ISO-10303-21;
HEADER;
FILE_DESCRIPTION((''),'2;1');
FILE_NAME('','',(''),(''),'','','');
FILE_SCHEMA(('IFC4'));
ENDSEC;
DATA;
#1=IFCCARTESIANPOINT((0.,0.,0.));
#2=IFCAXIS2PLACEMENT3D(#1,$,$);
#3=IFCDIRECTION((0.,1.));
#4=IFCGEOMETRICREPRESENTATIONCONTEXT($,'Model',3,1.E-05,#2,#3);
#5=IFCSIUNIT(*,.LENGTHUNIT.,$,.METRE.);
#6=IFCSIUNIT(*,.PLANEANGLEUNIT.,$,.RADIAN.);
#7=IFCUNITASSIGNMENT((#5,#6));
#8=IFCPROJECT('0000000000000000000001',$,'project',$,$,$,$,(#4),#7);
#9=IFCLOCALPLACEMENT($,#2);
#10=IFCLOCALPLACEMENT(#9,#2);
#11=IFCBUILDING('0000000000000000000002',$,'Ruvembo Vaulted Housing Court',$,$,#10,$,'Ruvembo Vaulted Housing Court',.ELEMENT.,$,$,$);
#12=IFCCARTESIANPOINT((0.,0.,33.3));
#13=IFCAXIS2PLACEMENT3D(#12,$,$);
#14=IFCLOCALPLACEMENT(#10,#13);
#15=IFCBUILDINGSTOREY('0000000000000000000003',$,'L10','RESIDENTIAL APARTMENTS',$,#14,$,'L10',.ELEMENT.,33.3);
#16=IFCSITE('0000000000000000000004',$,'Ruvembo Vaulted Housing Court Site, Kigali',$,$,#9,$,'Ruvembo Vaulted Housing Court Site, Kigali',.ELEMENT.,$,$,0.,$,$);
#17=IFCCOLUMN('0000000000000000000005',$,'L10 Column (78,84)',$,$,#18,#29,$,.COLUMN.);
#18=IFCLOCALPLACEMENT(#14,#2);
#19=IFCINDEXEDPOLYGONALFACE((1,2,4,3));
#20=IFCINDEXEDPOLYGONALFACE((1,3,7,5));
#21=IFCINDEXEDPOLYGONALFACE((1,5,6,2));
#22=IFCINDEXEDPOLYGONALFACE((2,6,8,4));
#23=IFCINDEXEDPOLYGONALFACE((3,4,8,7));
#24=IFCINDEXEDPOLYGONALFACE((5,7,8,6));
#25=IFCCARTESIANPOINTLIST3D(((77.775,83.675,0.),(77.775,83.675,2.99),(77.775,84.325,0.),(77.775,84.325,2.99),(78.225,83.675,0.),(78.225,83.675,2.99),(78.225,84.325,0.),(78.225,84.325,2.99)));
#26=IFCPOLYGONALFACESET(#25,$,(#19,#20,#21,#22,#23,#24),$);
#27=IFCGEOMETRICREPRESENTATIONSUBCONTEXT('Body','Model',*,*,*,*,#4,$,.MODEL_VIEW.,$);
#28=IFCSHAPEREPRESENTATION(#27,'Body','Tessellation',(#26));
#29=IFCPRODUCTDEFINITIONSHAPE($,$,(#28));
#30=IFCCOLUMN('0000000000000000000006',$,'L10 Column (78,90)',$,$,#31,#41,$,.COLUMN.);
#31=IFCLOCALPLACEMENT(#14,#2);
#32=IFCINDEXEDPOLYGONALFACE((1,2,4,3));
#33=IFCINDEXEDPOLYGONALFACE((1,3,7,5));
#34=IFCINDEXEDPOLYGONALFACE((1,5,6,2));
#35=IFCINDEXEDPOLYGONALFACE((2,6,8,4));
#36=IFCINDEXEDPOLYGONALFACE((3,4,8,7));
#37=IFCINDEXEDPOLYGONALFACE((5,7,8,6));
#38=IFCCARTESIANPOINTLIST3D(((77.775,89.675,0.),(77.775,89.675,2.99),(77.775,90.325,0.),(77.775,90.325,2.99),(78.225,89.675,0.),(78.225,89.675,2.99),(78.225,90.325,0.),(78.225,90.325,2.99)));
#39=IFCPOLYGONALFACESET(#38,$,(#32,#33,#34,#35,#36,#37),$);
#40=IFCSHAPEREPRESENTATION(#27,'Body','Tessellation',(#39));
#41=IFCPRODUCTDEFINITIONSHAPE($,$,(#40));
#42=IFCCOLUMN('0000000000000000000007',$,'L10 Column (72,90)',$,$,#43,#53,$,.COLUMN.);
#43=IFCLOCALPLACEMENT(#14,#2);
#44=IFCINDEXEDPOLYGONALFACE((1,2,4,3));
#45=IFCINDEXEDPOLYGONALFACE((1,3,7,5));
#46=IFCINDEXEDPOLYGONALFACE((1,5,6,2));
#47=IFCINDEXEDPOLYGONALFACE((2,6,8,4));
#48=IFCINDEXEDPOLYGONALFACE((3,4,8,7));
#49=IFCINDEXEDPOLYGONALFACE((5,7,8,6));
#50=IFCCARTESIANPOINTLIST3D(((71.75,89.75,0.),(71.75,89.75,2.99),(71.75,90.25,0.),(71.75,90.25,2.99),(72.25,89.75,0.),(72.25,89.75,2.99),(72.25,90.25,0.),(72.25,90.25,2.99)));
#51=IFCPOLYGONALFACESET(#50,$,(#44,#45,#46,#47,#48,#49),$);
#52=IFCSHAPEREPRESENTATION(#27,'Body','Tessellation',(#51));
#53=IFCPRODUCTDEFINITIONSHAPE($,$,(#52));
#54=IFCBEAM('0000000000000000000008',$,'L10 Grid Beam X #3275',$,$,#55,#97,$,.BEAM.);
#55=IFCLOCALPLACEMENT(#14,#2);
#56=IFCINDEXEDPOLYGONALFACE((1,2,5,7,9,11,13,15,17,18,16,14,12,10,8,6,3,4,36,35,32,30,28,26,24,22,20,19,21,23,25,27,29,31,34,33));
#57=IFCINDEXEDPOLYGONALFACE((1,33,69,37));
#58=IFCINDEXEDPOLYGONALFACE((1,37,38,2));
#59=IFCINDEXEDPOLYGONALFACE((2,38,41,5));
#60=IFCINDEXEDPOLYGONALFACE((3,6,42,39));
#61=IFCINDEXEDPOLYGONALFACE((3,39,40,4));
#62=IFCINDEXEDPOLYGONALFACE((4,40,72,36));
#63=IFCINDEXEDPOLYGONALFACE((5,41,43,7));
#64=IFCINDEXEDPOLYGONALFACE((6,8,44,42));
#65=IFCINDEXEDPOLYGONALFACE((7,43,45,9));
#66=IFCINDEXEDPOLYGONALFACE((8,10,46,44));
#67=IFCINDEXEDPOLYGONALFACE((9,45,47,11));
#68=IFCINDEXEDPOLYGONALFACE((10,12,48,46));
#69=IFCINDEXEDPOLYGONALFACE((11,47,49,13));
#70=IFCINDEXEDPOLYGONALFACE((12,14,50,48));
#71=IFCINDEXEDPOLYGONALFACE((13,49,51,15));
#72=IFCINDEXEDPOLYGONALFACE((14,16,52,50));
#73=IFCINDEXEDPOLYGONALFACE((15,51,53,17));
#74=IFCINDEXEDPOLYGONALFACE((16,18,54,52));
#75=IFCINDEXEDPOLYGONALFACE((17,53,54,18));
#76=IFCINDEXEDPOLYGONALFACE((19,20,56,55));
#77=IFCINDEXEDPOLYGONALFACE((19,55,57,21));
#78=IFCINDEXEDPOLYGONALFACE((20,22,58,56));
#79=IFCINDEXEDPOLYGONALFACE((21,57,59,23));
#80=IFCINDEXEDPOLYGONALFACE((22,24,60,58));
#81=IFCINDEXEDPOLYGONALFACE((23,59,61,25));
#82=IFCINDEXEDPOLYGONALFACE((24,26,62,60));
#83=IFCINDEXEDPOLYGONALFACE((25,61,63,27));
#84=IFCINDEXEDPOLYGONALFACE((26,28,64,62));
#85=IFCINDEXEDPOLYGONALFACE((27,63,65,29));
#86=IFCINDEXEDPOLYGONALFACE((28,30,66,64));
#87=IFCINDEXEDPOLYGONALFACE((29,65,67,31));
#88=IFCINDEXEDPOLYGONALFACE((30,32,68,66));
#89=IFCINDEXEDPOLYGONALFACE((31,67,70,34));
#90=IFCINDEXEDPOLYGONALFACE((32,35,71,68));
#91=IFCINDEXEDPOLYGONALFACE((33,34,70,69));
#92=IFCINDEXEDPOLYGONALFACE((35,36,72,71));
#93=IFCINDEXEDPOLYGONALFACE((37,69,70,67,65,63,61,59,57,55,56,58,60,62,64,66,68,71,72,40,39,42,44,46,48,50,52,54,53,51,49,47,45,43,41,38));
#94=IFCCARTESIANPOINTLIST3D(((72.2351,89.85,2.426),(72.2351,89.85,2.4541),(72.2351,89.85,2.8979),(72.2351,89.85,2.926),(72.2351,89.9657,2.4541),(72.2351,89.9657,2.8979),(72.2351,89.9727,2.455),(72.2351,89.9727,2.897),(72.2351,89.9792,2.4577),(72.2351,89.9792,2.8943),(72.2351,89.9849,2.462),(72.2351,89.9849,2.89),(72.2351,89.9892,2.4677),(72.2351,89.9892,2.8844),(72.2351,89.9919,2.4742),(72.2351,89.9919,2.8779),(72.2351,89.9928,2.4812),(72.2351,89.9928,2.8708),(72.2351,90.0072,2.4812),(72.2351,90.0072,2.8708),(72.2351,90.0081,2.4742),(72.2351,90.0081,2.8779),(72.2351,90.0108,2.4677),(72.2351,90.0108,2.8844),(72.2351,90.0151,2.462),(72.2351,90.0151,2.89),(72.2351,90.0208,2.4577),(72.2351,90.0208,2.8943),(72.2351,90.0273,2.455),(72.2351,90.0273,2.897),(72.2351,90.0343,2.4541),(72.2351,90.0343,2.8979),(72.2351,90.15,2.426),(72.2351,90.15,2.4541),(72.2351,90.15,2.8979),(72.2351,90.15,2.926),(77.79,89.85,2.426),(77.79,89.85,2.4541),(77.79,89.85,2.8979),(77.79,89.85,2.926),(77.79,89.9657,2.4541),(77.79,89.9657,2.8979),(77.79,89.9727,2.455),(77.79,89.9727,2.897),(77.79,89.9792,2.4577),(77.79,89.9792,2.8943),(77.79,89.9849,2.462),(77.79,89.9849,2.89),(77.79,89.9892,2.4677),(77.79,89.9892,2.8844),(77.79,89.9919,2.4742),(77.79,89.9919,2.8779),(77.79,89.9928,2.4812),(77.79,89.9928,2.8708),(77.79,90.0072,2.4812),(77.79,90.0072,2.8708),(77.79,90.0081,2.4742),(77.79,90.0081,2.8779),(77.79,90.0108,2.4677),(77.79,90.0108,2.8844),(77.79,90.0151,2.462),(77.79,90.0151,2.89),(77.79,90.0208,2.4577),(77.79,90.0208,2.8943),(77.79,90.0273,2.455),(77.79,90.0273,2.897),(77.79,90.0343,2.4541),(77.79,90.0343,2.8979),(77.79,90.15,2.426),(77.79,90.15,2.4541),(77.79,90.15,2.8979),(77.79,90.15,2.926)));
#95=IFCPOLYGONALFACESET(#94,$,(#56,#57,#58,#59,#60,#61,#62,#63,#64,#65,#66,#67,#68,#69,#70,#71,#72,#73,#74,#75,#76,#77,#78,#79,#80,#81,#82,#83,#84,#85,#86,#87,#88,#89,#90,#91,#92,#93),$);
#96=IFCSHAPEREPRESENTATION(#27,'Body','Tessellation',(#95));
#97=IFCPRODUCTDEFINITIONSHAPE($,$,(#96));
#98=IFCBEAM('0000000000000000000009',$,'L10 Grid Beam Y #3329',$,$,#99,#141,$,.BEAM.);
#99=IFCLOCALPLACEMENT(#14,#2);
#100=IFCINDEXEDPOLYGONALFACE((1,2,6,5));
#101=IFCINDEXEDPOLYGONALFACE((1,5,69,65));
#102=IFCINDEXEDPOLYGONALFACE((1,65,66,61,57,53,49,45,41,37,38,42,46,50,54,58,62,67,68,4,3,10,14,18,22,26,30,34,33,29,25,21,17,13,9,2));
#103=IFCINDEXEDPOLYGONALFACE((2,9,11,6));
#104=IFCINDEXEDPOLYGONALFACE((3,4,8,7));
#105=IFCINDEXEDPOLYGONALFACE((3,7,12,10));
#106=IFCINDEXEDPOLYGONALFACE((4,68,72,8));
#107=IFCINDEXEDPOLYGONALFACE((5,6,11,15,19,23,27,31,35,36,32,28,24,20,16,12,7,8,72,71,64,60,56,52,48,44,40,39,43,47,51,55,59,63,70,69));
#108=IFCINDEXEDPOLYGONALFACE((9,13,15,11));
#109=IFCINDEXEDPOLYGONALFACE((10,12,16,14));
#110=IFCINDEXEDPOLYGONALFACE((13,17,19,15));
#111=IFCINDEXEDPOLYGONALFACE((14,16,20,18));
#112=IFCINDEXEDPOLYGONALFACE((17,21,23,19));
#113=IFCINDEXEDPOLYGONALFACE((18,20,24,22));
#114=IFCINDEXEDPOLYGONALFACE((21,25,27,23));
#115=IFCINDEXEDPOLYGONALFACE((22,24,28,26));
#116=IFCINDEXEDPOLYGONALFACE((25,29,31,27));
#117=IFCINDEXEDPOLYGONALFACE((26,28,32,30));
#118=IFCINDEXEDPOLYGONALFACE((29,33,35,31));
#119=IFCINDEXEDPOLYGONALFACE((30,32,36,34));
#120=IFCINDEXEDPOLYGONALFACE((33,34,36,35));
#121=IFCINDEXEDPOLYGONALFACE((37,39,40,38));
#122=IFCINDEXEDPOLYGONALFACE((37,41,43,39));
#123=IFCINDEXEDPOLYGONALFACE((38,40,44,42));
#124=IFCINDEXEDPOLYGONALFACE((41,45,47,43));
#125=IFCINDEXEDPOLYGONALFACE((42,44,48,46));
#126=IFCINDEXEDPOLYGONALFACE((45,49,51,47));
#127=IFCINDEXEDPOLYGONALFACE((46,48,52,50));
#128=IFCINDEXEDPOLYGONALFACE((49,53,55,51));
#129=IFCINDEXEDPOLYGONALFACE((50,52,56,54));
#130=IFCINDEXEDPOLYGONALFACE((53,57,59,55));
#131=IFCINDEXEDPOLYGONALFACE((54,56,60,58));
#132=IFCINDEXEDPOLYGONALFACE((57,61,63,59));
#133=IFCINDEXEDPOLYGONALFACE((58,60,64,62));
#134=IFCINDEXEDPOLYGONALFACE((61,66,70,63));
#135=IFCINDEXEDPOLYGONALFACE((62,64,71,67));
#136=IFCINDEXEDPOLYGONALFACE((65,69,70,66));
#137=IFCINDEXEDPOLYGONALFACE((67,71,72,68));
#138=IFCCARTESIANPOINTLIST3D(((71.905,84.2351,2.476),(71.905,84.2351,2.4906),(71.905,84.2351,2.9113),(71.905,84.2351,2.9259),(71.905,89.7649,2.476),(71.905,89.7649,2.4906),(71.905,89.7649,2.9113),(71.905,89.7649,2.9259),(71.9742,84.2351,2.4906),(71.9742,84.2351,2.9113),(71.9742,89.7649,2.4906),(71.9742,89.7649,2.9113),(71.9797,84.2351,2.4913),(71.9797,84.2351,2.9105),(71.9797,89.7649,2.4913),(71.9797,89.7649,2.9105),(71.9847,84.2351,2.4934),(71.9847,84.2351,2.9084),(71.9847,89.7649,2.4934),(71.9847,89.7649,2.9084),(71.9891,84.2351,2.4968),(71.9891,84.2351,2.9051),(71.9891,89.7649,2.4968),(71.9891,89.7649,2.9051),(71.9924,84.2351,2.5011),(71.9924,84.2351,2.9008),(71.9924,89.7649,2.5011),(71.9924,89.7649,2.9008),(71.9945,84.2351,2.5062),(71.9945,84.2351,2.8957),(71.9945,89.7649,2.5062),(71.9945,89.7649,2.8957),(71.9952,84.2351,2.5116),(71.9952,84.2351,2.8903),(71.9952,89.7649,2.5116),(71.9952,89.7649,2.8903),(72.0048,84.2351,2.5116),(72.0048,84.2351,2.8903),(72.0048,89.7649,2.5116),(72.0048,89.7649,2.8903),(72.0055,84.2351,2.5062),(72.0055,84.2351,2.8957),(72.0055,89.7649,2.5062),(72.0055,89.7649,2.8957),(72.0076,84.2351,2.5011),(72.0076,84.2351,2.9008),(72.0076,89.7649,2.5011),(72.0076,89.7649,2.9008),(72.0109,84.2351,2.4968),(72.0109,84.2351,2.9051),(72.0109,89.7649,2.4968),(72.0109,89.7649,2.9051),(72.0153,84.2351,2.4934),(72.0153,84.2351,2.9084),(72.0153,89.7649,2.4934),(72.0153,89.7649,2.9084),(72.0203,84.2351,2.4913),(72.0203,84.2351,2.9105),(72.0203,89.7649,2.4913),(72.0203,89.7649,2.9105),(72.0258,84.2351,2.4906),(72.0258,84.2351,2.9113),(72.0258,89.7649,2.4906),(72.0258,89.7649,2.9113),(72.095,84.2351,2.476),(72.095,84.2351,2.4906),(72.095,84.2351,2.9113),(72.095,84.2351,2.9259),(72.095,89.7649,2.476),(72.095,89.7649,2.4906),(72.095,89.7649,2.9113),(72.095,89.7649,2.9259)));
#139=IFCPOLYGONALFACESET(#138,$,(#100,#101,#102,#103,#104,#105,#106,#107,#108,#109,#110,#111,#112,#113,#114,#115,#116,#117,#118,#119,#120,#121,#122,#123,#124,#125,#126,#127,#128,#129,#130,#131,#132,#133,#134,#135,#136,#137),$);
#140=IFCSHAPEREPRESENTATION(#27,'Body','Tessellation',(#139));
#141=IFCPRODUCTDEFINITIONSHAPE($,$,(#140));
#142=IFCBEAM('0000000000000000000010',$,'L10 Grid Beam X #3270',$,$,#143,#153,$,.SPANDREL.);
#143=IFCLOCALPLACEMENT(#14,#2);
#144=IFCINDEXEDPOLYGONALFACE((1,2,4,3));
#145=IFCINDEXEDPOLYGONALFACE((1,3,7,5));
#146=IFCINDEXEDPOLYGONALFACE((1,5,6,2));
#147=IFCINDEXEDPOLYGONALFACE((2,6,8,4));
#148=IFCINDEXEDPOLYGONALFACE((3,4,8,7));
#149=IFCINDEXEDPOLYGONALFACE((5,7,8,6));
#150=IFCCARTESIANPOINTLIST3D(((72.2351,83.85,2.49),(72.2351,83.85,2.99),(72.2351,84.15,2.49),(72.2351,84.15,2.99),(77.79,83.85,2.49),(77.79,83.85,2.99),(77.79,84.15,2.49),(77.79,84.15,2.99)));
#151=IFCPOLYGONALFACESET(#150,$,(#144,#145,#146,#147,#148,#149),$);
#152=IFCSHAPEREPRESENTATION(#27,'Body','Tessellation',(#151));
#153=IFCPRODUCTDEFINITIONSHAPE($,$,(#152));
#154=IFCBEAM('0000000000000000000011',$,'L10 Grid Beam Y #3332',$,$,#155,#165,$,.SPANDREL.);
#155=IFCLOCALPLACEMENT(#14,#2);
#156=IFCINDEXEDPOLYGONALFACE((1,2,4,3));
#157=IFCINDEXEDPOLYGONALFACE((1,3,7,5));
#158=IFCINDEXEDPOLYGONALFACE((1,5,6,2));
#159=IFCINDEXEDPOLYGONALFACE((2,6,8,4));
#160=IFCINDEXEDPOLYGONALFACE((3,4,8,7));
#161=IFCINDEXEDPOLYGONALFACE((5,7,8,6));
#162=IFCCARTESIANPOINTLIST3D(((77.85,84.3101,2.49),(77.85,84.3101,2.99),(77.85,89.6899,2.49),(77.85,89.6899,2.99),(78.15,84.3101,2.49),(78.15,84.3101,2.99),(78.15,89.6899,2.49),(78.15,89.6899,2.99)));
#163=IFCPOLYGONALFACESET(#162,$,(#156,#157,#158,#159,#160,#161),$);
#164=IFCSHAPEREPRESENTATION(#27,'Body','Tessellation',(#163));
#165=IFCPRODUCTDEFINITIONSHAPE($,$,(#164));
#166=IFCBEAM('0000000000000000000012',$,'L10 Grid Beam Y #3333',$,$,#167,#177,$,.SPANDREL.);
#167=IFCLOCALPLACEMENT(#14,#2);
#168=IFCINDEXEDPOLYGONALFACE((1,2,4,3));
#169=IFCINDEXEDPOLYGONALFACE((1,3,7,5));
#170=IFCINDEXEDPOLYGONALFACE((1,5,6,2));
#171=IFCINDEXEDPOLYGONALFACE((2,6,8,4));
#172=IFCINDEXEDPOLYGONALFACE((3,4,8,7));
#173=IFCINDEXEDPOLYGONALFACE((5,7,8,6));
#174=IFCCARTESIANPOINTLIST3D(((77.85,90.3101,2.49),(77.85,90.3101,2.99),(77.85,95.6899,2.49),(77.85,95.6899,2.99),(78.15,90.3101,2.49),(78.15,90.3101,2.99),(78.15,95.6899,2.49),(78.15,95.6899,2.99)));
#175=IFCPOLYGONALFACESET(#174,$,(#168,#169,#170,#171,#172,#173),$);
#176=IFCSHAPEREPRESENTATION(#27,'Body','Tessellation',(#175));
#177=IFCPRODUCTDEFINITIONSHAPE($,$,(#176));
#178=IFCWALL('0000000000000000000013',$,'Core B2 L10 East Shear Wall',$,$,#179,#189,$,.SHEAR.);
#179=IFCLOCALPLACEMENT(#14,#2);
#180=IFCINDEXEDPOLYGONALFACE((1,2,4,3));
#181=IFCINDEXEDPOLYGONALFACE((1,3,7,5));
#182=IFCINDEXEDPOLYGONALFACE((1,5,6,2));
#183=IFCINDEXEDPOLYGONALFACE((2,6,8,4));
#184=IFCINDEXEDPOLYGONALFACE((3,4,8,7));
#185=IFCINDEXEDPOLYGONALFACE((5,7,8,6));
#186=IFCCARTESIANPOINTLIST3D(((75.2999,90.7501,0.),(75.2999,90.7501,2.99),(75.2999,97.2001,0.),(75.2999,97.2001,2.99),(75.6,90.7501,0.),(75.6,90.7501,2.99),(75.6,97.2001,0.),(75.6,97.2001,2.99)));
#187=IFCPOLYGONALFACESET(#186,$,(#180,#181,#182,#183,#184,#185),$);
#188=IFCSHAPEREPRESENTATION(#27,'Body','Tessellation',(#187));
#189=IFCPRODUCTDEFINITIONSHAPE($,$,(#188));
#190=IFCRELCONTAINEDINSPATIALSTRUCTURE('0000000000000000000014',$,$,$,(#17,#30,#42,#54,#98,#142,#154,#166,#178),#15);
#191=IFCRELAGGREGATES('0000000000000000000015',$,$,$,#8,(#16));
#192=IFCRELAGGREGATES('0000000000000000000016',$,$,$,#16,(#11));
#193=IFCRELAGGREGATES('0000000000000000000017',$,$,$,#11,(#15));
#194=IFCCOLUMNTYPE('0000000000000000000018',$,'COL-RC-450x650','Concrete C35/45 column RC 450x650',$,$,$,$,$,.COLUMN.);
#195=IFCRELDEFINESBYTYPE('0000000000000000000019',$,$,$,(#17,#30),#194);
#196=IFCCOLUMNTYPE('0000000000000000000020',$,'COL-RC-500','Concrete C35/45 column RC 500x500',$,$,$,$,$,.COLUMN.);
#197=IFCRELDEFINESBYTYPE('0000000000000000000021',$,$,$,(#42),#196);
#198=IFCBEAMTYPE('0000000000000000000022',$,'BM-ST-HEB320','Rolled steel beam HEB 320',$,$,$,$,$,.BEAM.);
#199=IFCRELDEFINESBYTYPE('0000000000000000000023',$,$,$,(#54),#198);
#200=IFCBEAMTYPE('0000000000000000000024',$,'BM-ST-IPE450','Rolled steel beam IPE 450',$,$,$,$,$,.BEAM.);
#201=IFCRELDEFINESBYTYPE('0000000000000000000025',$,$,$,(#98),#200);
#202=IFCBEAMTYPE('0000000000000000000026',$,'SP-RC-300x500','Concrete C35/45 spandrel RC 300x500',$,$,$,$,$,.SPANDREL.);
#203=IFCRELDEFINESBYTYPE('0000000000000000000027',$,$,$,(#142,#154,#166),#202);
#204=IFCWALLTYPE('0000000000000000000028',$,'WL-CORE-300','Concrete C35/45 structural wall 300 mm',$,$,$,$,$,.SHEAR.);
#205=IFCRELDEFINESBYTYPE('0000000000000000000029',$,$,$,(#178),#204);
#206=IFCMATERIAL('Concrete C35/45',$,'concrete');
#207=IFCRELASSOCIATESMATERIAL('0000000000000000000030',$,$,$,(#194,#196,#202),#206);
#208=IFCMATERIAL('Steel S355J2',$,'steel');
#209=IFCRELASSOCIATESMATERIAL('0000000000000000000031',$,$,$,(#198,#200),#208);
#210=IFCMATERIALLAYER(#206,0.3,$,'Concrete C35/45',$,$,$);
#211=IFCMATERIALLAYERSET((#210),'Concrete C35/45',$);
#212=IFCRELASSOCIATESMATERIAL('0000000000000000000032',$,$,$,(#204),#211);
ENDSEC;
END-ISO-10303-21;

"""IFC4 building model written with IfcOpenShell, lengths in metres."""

from ifc_helpers import new_model, si_unit, direction, frame, frame_2d, origin, origin_2d, place, context, subcontext, project, spatial, rectangle, i_section, extrude, material, layer, layer_set, material_profile, profile_set, type_object, element, save


model = new_model("IFC4")

# Units and contexts
model_context = context("Model", 3, precision=1e-05, world=origin(), true_north=direction((0.0, 1.0)))
body_context = subcontext(model_context, "Body", "Model", "MODEL_VIEW")
ifc_project = project(units=[si_unit("LENGTHUNIT", "METRE"), si_unit("PLANEANGLEUNIT", "RADIAN")], contexts=[model_context])

# Site, building, storey
site_placement = place(None, origin())
site = spatial("IfcSite", under=ifc_project, at=site_placement, Name="Ruvembo Vaulted Housing Court Site, Kigali", LongName="Ruvembo Vaulted Housing Court Site, Kigali", CompositionType="ELEMENT", RefElevation=0.0)
building_placement = place(site_placement, origin())
building = spatial("IfcBuilding", under=site, at=building_placement, Name="Ruvembo Vaulted Housing Court", LongName="Ruvembo Vaulted Housing Court", CompositionType="ELEMENT")
storey_placement = place(building_placement, frame((0.0, 0.0, 33.3)))
storey = spatial("IfcBuildingStorey", under=building, at=storey_placement, Name="L10", Description="RESIDENTIAL APARTMENTS", LongName="L10", CompositionType="ELEMENT", Elevation=33.3)

# Columns
ifc_material_1 = material(Name="Concrete C35/45", Category="concrete")
ifc_material_profile_1 = material_profile(ifc_material_1, rectangle(XDim=0.45, YDim=0.6499, at=origin_2d()), Name="RC 450x650")
ifc_profile_set_1 = profile_set([ifc_material_profile_1], Name="Concrete C35/45")
column_type_1 = type_object("IfcColumnType", Name="COL-RC-450x650", Description="Concrete C35/45 column RC 450x650", PredefinedType="COLUMN", material=ifc_profile_set_1)
for number, where, z_axis, x_axis, name in (
    (1, (78.0, 84.0, 0.0), (0.0, 0.0, 1.0), (1.0, 0.0, 0.0), "L10 Column (78,84)"),
    (2, (78.0, 90.0, 0.0), (0.0, 0.0, 1.0), (1.0, 0.0, 0.0), "L10 Column (78,90)"),
):
    element("IfcColumn", number, at=place(storey_placement, frame(where, z_axis=z_axis, x_axis=x_axis)), inside=storey, type_object=column_type_1, Name=name, PredefinedType="COLUMN", context=body_context, shape_type="SweptSolid", body=[
        extrude(rectangle(XDim=0.45, YDim=0.6499, at=origin_2d()), origin(), (0.0, 0.0, 1.0), 2.99),
    ])
ifc_material_profile_2 = material_profile(ifc_material_1, rectangle(XDim=0.5, YDim=0.5, at=origin_2d()), Name="RC 500x500")
ifc_profile_set_2 = profile_set([ifc_material_profile_2], Name="Concrete C35/45")
column_type_2 = type_object("IfcColumnType", Name="COL-RC-500", Description="Concrete C35/45 column RC 500x500", PredefinedType="COLUMN", material=ifc_profile_set_2)
column_placement = place(storey_placement, frame((72.0, 90.0, 0.0), z_axis=(0.0, 0.0, 1.0), x_axis=(1.0, 0.0, 0.0)))
element("IfcColumn", 3, at=column_placement, inside=storey, type_object=column_type_2, Name="L10 Column (72,90)", PredefinedType="COLUMN", context=body_context, shape_type="SweptSolid", body=[
    extrude(rectangle(XDim=0.5, YDim=0.5, at=origin_2d()), origin(), (0.0, 0.0, 1.0), 2.99),
])

# Beams
ifc_material_2 = material(Name="Steel S355J2", Category="steel")
ifc_material_profile_3 = material_profile(ifc_material_2, i_section(OverallWidth=0.3, OverallDepth=0.5, WebThickness=0.0144, FlangeThickness=0.0281, FilletRadius=0.0271, at=origin_2d()), Name="HEB 320")
ifc_profile_set_3 = profile_set([ifc_material_profile_3], Name="Steel S355J2")
beam_type_1 = type_object("IfcBeamType", Name="BM-ST-HEB320", Description="Rolled steel beam HEB 320", PredefinedType="BEAM", material=ifc_profile_set_3)
beam_1_placement = place(storey_placement, frame((72.2351, 90.0, 2.676), z_axis=(1.0, 0.0, 0.0), x_axis=(0.0, 1.0, 0.0)))
element("IfcBeam", 4, at=beam_1_placement, inside=storey, type_object=beam_type_1, Name="L10 Grid Beam X #3275", PredefinedType="BEAM", context=body_context, shape_type="SweptSolid", body=[
    extrude(i_section(OverallWidth=0.3, OverallDepth=0.5, WebThickness=0.0144, FlangeThickness=0.0281, FilletRadius=0.0271, at=origin_2d()), origin(), (0.0, 0.0, 1.0), 5.5549),
])
ifc_material_profile_4 = material_profile(ifc_material_2, i_section(OverallWidth=0.1899, OverallDepth=0.45, WebThickness=0.0095, FlangeThickness=0.0146, FilletRadius=0.021, at=origin_2d()), Name="IPE 450")
ifc_profile_set_4 = profile_set([ifc_material_profile_4], Name="Steel S355J2")
beam_type_2 = type_object("IfcBeamType", Name="BM-ST-IPE450", Description="Rolled steel beam IPE 450", PredefinedType="BEAM", material=ifc_profile_set_4)
beam_2_placement = place(storey_placement, frame((72.0, 84.2351, 2.7009), z_axis=(0.0, 1.0, 0.0), x_axis=(-1.0, 0.0, 0.0)))
element("IfcBeam", 5, at=beam_2_placement, inside=storey, type_object=beam_type_2, Name="L10 Grid Beam Y #3329", PredefinedType="BEAM", context=body_context, shape_type="SweptSolid", body=[
    extrude(i_section(OverallWidth=0.1899, OverallDepth=0.45, WebThickness=0.0095, FlangeThickness=0.0146, FilletRadius=0.021, at=origin_2d()), origin(), (0.0, 0.0, 1.0), 5.5298),
])
ifc_material_profile_5 = material_profile(ifc_material_1, rectangle(XDim=0.3, YDim=0.5, at=origin_2d()), Name="RC 300x500")
ifc_profile_set_5 = profile_set([ifc_material_profile_5], Name="Concrete C35/45")
beam_type_3 = type_object("IfcBeamType", Name="SP-RC-300x500", Description="Concrete C35/45 spandrel RC 300x500", PredefinedType="SPANDREL", material=ifc_profile_set_5)
beam_3_placement = place(storey_placement, frame((72.2351, 84.0, 2.74), z_axis=(1.0, 0.0, 0.0), x_axis=(0.0, 1.0, 0.0)))
element("IfcBeam", 6, at=beam_3_placement, inside=storey, type_object=beam_type_3, Name="L10 Grid Beam X #3270", PredefinedType="SPANDREL", context=body_context, shape_type="SweptSolid", body=[
    extrude(rectangle(XDim=0.3, YDim=0.5, at=origin_2d()), origin(), (0.0, 0.0, 1.0), 5.5549),
])
for number, where, z_axis, x_axis, name in (
    (7, (78.0, 84.3101, 2.74), (0.0, 1.0, 0.0), (-1.0, 0.0, 0.0), "L10 Grid Beam Y #3332"),
    (8, (78.0, 90.3101, 2.74), (0.0, 1.0, 0.0), (-1.0, 0.0, 0.0), "L10 Grid Beam Y #3333"),
):
    element("IfcBeam", number, at=place(storey_placement, frame(where, z_axis=z_axis, x_axis=x_axis)), inside=storey, type_object=beam_type_3, Name=name, PredefinedType="SPANDREL", context=body_context, shape_type="SweptSolid", body=[
        extrude(rectangle(XDim=0.3, YDim=0.5, at=origin_2d()), origin(), (0.0, 0.0, 1.0), 5.3799),
    ])

# Wall
ifc_layer_1 = layer(ifc_material_1, 0.3, Name="Concrete C35/45")
ifc_layer_set_1 = layer_set([ifc_layer_1], Name="Concrete C35/45")
wall_type_1 = type_object("IfcWallType", Name="WL-CORE-300", Description="Concrete C35/45 structural wall 300 mm", PredefinedType="SHEAR", material=ifc_layer_set_1)
wall_1_placement = place(storey_placement, frame((75.45, 90.75, 0.0), z_axis=(0.0, 0.0, 1.0), x_axis=(0.0, 1.0, 0.0)))
element("IfcWall", 9, at=wall_1_placement, inside=storey, type_object=wall_type_1, Name="Core B2 L10 East Shear Wall", PredefinedType="SHEAR", context=body_context, shape_type="SweptSolid", body=[
    extrude(rectangle(XDim=6.45, YDim=0.3, at=frame_2d((3.2251, 0.0))), origin(), (0.0, 0.0, 1.0), 2.99),
])

save(model, "model.ifc")
